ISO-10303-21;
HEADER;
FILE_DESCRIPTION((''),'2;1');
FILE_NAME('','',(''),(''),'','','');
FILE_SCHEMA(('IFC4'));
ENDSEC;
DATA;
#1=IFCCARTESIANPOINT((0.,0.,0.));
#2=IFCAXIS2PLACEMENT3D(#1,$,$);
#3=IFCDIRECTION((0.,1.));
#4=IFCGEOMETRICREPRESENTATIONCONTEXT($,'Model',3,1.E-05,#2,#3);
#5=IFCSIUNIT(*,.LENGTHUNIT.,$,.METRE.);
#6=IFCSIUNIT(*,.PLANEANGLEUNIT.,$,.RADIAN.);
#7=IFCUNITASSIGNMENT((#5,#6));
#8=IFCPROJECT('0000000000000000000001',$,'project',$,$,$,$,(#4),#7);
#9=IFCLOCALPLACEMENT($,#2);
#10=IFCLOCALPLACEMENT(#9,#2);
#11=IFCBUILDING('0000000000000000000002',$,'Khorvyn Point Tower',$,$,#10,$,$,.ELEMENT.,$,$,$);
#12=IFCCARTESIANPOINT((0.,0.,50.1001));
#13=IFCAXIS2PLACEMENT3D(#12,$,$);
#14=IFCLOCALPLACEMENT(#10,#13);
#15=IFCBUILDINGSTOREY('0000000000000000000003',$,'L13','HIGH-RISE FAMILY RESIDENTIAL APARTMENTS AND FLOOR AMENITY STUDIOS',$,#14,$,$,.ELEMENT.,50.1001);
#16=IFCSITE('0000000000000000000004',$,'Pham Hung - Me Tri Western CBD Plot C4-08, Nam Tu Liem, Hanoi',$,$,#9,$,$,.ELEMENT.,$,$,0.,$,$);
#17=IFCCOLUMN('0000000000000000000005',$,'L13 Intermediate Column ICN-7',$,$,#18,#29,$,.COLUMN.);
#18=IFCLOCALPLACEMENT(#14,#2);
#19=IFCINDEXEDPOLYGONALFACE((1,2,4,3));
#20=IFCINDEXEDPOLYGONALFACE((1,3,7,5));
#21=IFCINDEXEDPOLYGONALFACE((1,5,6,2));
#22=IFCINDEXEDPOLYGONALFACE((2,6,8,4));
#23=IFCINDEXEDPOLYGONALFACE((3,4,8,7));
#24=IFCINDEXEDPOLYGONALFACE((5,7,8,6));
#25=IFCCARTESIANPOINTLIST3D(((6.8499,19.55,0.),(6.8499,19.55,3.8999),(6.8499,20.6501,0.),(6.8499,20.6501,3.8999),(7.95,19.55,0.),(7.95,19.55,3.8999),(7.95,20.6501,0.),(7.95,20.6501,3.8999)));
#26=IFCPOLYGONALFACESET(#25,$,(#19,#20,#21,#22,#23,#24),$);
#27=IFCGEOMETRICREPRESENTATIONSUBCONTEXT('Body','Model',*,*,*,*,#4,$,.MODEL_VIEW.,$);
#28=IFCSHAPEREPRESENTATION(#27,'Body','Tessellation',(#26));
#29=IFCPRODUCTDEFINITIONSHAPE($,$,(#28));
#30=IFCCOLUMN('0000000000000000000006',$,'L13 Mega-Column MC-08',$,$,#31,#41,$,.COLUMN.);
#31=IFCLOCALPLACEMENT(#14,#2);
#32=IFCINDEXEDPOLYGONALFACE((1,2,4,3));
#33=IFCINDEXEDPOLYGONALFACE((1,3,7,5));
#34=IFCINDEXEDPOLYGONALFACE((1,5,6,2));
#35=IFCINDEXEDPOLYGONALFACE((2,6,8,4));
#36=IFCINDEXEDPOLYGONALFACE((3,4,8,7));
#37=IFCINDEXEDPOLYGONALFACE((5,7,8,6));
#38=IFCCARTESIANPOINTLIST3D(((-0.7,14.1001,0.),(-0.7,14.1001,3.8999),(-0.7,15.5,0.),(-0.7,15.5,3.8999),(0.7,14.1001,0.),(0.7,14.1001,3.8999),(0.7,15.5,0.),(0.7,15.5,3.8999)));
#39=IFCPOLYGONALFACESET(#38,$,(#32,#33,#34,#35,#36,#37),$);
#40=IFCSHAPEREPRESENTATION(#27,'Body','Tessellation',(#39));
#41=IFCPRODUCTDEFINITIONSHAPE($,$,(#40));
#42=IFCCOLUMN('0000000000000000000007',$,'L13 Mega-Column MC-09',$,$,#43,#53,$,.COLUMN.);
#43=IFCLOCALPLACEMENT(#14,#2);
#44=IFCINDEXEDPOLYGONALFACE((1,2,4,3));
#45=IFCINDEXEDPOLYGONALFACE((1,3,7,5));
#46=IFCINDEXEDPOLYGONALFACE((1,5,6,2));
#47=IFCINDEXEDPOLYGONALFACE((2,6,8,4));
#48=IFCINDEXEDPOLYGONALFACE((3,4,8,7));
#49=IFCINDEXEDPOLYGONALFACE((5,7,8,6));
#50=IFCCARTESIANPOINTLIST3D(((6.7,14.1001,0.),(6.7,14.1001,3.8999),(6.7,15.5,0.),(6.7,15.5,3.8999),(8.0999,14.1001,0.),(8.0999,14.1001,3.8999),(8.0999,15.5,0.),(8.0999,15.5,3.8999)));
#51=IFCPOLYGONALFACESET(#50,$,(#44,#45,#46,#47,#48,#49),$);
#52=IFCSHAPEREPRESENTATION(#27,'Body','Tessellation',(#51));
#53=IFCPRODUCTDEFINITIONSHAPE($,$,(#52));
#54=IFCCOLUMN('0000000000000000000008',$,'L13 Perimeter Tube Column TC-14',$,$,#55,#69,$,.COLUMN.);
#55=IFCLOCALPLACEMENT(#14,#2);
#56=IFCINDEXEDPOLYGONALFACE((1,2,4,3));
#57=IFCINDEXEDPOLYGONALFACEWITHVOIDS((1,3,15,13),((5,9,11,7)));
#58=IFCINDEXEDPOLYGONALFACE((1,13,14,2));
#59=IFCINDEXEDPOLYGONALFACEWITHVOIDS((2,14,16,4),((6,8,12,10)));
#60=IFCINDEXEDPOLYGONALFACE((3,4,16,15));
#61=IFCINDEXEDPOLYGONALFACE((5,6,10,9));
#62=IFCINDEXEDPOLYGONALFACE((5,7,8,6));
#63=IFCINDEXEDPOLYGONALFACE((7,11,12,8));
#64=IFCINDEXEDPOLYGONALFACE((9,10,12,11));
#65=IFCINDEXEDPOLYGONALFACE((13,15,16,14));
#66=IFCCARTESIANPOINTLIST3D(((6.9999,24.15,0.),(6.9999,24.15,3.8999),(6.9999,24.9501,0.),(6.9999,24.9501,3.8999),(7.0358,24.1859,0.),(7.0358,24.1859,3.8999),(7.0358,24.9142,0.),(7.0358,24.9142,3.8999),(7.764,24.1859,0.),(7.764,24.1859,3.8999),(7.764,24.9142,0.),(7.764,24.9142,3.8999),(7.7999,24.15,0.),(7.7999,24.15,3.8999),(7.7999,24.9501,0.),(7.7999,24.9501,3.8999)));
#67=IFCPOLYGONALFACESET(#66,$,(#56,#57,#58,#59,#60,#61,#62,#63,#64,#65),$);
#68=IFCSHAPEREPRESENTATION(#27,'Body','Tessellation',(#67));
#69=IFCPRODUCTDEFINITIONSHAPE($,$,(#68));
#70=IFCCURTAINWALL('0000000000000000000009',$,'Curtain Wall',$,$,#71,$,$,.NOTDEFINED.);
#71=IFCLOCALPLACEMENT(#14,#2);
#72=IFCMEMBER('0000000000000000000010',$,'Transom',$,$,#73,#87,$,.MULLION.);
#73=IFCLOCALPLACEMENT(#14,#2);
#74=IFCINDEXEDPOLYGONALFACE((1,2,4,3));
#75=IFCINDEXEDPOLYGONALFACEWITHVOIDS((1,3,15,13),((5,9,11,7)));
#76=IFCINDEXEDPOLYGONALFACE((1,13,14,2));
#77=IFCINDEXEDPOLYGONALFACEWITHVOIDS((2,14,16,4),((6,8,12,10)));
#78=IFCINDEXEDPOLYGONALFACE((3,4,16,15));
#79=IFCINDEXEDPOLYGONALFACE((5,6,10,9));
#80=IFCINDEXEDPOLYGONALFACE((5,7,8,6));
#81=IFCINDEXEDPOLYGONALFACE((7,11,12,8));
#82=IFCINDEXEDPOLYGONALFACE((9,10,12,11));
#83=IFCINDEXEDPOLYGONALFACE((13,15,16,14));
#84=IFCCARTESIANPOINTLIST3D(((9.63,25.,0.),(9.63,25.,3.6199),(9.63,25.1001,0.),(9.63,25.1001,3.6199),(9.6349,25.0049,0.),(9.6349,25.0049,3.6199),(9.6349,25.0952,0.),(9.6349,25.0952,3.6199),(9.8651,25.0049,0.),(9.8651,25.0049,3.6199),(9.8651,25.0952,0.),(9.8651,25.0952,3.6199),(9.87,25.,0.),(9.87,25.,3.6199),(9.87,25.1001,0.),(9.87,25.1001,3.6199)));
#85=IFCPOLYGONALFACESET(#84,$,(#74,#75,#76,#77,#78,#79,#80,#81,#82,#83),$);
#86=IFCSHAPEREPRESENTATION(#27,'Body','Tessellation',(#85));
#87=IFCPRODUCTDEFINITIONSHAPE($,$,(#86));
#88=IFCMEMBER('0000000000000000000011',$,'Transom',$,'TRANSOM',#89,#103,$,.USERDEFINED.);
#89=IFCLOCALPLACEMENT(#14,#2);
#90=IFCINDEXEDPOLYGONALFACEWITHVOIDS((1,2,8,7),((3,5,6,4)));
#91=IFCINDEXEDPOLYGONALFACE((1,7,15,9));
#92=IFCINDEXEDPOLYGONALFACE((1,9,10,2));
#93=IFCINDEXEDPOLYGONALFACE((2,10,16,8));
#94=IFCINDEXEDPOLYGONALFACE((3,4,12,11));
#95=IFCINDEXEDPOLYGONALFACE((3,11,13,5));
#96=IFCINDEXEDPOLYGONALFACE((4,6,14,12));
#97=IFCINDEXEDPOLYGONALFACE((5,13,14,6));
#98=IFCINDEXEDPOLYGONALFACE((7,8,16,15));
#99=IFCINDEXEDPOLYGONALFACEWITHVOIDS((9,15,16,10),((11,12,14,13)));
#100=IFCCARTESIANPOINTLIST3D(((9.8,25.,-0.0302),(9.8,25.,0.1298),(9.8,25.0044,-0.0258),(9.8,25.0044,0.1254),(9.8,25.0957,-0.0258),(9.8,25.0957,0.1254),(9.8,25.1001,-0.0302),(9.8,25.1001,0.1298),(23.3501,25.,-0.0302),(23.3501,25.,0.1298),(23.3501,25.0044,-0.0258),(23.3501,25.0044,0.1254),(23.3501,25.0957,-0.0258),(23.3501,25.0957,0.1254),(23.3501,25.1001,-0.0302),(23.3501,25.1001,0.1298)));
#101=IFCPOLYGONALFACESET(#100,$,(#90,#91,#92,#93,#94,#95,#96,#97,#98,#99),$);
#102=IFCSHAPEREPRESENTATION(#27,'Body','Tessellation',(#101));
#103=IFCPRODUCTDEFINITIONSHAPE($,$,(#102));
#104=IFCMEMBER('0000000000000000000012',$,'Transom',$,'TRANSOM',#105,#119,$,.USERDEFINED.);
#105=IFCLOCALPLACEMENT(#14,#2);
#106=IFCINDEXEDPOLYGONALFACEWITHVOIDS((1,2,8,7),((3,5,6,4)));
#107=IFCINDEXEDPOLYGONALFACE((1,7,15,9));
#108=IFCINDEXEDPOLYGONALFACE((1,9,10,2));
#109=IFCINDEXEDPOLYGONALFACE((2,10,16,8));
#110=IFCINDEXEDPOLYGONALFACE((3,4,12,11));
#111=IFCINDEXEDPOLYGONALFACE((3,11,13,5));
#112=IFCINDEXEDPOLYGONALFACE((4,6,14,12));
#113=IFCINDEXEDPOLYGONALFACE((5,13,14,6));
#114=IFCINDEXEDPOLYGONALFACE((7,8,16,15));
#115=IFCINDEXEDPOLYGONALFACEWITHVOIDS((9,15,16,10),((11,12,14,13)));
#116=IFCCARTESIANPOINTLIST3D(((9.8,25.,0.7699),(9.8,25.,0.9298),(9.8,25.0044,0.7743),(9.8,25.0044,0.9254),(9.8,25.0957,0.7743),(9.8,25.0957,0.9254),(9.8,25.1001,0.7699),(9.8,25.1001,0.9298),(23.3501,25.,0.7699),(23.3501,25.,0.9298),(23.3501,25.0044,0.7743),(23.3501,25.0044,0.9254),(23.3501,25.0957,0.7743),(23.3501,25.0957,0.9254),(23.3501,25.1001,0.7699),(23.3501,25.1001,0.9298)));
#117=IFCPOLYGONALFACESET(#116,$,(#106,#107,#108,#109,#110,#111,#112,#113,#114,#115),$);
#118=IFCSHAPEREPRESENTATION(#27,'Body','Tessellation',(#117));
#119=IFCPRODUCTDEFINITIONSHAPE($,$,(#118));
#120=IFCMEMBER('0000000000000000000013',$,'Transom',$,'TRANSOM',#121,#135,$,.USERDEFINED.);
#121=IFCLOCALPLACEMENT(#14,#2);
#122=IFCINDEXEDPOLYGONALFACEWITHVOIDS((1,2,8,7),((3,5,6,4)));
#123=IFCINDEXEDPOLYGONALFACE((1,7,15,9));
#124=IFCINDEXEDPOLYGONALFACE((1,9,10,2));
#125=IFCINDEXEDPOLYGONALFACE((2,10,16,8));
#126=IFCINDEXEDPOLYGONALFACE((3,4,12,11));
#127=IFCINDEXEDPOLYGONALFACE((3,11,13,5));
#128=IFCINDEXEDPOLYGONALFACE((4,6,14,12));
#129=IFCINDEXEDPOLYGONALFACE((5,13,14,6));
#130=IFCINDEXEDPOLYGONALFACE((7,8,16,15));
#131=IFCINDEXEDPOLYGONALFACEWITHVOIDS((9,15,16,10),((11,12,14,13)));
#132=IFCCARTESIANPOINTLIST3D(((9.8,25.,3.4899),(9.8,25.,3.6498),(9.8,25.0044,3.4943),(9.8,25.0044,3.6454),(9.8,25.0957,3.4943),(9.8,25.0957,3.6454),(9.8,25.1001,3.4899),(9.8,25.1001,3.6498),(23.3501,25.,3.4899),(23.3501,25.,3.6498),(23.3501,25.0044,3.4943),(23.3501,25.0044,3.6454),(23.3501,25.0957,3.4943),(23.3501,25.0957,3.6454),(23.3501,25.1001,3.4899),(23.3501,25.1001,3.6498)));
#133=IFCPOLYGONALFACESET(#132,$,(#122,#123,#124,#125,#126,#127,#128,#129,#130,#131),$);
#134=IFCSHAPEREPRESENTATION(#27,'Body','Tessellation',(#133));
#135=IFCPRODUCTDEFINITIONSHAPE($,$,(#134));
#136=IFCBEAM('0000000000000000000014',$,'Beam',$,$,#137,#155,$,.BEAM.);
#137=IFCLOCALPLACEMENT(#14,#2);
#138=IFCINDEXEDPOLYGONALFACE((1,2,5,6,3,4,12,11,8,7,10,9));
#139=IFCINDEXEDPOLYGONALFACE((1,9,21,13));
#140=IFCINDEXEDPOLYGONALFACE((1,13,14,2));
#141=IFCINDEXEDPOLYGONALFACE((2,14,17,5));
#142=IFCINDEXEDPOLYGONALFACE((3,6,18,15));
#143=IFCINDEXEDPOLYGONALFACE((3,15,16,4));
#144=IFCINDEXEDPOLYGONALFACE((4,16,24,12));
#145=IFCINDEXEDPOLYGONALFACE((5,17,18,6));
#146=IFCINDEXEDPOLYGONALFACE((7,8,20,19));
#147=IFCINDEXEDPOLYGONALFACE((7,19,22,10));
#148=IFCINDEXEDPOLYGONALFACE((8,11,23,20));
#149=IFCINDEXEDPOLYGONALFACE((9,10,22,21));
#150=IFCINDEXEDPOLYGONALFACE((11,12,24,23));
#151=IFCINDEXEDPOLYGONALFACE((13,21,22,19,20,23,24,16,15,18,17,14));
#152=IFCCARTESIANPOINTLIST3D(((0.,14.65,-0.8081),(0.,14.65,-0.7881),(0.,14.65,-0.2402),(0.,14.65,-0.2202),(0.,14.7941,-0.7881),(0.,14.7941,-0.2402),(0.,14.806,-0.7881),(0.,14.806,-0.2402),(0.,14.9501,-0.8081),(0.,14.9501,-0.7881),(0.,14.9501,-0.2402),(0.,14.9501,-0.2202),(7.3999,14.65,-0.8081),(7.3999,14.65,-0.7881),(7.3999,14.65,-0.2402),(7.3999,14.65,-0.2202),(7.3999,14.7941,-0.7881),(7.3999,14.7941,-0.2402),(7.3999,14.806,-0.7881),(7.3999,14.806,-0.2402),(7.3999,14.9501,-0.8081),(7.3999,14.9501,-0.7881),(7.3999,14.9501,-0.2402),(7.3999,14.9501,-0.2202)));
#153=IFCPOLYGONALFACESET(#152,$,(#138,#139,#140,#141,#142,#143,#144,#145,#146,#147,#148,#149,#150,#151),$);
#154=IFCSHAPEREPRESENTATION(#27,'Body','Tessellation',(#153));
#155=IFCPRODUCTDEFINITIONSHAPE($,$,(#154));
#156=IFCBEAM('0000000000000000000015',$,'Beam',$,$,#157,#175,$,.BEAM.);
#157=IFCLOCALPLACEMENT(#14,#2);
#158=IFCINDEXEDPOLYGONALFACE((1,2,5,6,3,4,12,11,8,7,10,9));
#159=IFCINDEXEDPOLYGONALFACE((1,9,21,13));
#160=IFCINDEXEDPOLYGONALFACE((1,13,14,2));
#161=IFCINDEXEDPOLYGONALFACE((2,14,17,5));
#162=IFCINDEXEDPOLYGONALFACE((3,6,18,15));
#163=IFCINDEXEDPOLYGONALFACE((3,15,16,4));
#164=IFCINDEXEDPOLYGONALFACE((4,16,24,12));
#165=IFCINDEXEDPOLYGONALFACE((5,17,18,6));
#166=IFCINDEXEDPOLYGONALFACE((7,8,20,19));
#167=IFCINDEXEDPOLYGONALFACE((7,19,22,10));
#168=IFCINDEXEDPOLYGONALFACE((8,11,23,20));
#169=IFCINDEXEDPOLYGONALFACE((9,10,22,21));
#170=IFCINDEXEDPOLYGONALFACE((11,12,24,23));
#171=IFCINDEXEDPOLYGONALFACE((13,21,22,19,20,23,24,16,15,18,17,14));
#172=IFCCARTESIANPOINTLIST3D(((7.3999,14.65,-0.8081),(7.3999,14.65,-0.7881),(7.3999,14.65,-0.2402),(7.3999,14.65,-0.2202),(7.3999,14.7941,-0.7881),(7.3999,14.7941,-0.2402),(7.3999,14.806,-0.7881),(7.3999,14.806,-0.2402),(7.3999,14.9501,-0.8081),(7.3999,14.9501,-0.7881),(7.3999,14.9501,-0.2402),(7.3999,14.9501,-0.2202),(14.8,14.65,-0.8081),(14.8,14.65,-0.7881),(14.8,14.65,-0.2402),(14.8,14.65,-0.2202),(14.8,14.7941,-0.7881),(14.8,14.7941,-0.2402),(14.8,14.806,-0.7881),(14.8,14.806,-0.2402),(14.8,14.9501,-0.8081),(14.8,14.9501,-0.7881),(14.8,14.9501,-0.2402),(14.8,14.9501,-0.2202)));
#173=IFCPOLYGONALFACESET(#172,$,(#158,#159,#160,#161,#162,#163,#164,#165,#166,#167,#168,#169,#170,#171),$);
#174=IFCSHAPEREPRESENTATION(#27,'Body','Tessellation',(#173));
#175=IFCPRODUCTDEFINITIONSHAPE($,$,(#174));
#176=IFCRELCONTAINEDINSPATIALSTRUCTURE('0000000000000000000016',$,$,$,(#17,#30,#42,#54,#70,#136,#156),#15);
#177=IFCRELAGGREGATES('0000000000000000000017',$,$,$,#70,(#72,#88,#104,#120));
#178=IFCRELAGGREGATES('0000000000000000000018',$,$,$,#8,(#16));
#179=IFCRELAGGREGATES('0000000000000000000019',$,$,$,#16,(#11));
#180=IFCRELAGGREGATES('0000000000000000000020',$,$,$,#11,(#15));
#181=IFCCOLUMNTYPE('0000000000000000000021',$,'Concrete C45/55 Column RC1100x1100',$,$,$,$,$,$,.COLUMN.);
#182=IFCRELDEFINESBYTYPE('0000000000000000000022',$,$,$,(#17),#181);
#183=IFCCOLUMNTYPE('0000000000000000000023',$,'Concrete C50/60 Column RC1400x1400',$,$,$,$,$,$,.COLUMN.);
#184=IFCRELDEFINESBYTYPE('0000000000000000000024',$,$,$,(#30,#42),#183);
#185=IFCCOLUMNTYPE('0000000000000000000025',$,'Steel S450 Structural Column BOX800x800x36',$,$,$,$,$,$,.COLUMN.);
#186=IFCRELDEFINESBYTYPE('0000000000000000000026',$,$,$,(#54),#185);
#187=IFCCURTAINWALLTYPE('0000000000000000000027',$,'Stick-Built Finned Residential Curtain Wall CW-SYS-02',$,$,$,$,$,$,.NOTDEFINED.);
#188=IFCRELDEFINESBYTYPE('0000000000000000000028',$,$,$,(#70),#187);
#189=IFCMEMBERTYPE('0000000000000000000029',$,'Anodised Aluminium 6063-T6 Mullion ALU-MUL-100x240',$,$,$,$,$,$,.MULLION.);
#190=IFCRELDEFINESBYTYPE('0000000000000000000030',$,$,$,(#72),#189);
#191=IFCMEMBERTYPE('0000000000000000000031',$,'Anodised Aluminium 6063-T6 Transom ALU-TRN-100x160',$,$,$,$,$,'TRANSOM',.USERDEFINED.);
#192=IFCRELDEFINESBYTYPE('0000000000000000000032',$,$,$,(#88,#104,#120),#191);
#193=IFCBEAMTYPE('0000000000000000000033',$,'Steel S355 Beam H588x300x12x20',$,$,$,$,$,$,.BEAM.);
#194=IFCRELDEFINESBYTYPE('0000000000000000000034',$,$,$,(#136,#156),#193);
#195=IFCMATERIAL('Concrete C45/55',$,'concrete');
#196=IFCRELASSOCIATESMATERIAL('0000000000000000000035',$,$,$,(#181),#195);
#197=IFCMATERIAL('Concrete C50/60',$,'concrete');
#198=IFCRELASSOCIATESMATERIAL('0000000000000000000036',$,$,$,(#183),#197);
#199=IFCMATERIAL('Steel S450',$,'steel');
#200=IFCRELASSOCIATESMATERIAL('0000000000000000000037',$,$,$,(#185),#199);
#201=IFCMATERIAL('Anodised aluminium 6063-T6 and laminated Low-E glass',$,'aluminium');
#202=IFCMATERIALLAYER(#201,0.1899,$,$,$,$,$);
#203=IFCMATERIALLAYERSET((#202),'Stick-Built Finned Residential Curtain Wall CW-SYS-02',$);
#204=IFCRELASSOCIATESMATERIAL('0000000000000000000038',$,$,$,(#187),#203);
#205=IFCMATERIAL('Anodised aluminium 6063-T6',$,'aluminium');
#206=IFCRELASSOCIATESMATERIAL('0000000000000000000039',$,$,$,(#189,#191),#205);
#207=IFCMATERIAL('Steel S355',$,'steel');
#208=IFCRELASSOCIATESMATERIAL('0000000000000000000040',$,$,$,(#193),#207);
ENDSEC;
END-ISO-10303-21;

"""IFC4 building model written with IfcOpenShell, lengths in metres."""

from ifc_helpers import new_model, si_unit, direction, frame, origin, origin_2d, place, context, subcontext, project, spatial, rectangle, hollow_rectangle, i_section, extrude, material, layer, layer_set, material_profile, profile_set, type_object, element, aggregate, save


model = new_model("IFC4")

# Units and contexts
model_context = context("Model", 3, precision=1e-05, world=origin(), true_north=direction((0.0, 1.0)))
body_context = subcontext(model_context, "Body", "Model", "MODEL_VIEW")
ifc_project = project(units=[si_unit("LENGTHUNIT", "METRE"), si_unit("PLANEANGLEUNIT", "RADIAN")], contexts=[model_context])

# Site, building, storey
site_placement = place(None, origin())
site = spatial("IfcSite", under=ifc_project, at=site_placement, Name="Pham Hung - Me Tri Western CBD Plot C4-08, Nam Tu Liem, Hanoi", CompositionType="ELEMENT", RefElevation=0.0)
building_placement = place(site_placement, origin())
building = spatial("IfcBuilding", under=site, at=building_placement, Name="Khorvyn Point Tower", CompositionType="ELEMENT")
storey_placement = place(building_placement, frame((0.0, 0.0, 50.1001)))
storey = spatial("IfcBuildingStorey", under=building, at=storey_placement, Name="L13", Description="HIGH-RISE FAMILY RESIDENTIAL APARTMENTS AND FLOOR AMENITY STUDIOS", CompositionType="ELEMENT", Elevation=50.1001)

# Columns
ifc_material_1 = material(Name="Concrete C45/55", Category="concrete")
ifc_material_profile_1 = material_profile(ifc_material_1, rectangle(XDim=1.1001, YDim=1.1001, at=origin_2d()))
ifc_profile_set_1 = profile_set([ifc_material_profile_1], Name="Concrete C45/55 RC1100x1100")
column_type_1 = type_object("IfcColumnType", Name="Concrete C45/55 Column RC1100x1100", PredefinedType="COLUMN", material=ifc_profile_set_1)
column_1_placement = place(storey_placement, frame((7.3999, 20.1001, 0.0), z_axis=(0.0, 0.0, 1.0), x_axis=(1.0, 0.0, 0.0)))
element("IfcColumn", 1, at=column_1_placement, inside=storey, type_object=column_type_1, Name="L13 Intermediate Column ICN-7", PredefinedType="COLUMN", context=body_context, shape_type="SweptSolid", body=[
    extrude(rectangle(XDim=1.1001, YDim=1.1001, at=origin_2d()), origin(), (0.0, 0.0, 1.0), 3.8999),
])
ifc_material_2 = material(Name="Concrete C50/60", Category="concrete")
ifc_material_profile_2 = material_profile(ifc_material_2, rectangle(XDim=1.3999, YDim=1.3999, at=origin_2d()))
ifc_profile_set_2 = profile_set([ifc_material_profile_2], Name="Concrete C50/60 RC1400x1400")
column_type_2 = type_object("IfcColumnType", Name="Concrete C50/60 Column RC1400x1400", PredefinedType="COLUMN", material=ifc_profile_set_2)
for number, where, z_axis, x_axis, name in (
    (2, (0.0, 14.8, 0.0), (0.0, 0.0, 1.0), (1.0, 0.0, 0.0), "L13 Mega-Column MC-08"),
    (3, (7.3999, 14.8, 0.0), (0.0, 0.0, 1.0), (1.0, 0.0, 0.0), "L13 Mega-Column MC-09"),
):
    element("IfcColumn", number, at=place(storey_placement, frame(where, z_axis=z_axis, x_axis=x_axis)), inside=storey, type_object=column_type_2, Name=name, PredefinedType="COLUMN", context=body_context, shape_type="SweptSolid", body=[
        extrude(rectangle(XDim=1.3999, YDim=1.3999, at=origin_2d()), origin(), (0.0, 0.0, 1.0), 3.8999),
    ])
ifc_material_3 = material(Name="Steel S450", Category="steel")
ifc_material_profile_3 = material_profile(ifc_material_3, hollow_rectangle(XDim=0.8, YDim=0.8, WallThickness=0.0359, at=origin_2d()))
ifc_profile_set_3 = profile_set([ifc_material_profile_3], Name="Steel S450 BOX800x800x36")
column_type_3 = type_object("IfcColumnType", Name="Steel S450 Structural Column BOX800x800x36", PredefinedType="COLUMN", material=ifc_profile_set_3)
column_2_placement = place(storey_placement, frame((7.3999, 24.55, 0.0), z_axis=(0.0, 0.0, 1.0), x_axis=(1.0, 0.0, 0.0)))
element("IfcColumn", 4, at=column_2_placement, inside=storey, type_object=column_type_3, Name="L13 Perimeter Tube Column TC-14", PredefinedType="COLUMN", context=body_context, shape_type="SweptSolid", body=[
    extrude(hollow_rectangle(XDim=0.8, YDim=0.8, WallThickness=0.0359, at=origin_2d()), origin(), (0.0, 0.0, 1.0), 3.8999),
])

# Curtain wall, members
ifc_material_4 = material(Name="Anodised aluminium 6063-T6 and laminated Low-E glass", Category="aluminium")
ifc_layer_1 = layer(ifc_material_4, 0.1899)
ifc_layer_set_1 = layer_set([ifc_layer_1], Name="Stick-Built Finned Residential Curtain Wall CW-SYS-02")
curtain_wall_type = type_object("IfcCurtainWallType", Name="Stick-Built Finned Residential Curtain Wall CW-SYS-02", PredefinedType="NOTDEFINED", material=ifc_layer_set_1)
curtain_wall_placement = place(storey_placement, origin())
curtain_wall = element("IfcCurtainWall", 5, at=curtain_wall_placement, inside=storey, type_object=curtain_wall_type, Name="Curtain Wall", PredefinedType="NOTDEFINED")
ifc_material_5 = material(Name="Anodised aluminium 6063-T6", Category="aluminium")
ifc_material_profile_4 = material_profile(ifc_material_5, hollow_rectangle(XDim=0.1001, YDim=0.24, WallThickness=0.0049, at=origin_2d()))
ifc_profile_set_4 = profile_set([ifc_material_profile_4], Name="Anodised aluminium 6063-T6 ALU-MUL-100x240")
member_type_1 = type_object("IfcMemberType", Name="Anodised Aluminium 6063-T6 Mullion ALU-MUL-100x240", PredefinedType="MULLION", material=ifc_profile_set_4)
member_1_placement = place(storey_placement, frame((9.75, 25.05, 0.0), z_axis=(0.0, 0.0, 1.0), x_axis=(0.0, 1.0, 0.0)))
member_1 = element("IfcMember", 6, at=member_1_placement, type_object=member_type_1, Name="Transom", PredefinedType="MULLION", context=body_context, shape_type="SweptSolid", body=[
    extrude(hollow_rectangle(XDim=0.1001, YDim=0.24, WallThickness=0.0049, at=origin_2d()), origin(), (0.0, 0.0, 1.0), 3.6199),
])
ifc_material_profile_5 = material_profile(ifc_material_5, hollow_rectangle(XDim=0.1001, YDim=0.1599, WallThickness=0.0044, at=origin_2d()))
ifc_profile_set_5 = profile_set([ifc_material_profile_5], Name="Anodised aluminium 6063-T6 ALU-TRN-100x160")
member_type_2 = type_object("IfcMemberType", Name="Anodised Aluminium 6063-T6 Transom ALU-TRN-100x160", ElementType="TRANSOM", PredefinedType="USERDEFINED", material=ifc_profile_set_5)
member_2_placement = place(storey_placement, frame((9.8, 25.05, 0.0498), z_axis=(1.0, 0.0, 0.0), x_axis=(0.0, 1.0, 0.0)))
member_2 = element("IfcMember", 7, at=member_2_placement, type_object=member_type_2, Name="Transom", ObjectType="TRANSOM", PredefinedType="USERDEFINED", context=body_context, shape_type="SweptSolid", body=[
    extrude(hollow_rectangle(XDim=0.1001, YDim=0.1599, WallThickness=0.0044, at=origin_2d()), origin(), (0.0, 0.0, 1.0), 13.55),
])
member_3_placement = place(storey_placement, frame((9.8, 25.05, 0.8499), z_axis=(1.0, 0.0, 0.0), x_axis=(0.0, 1.0, 0.0)))
member_3 = element("IfcMember", 8, at=member_3_placement, type_object=member_type_2, Name="Transom", ObjectType="TRANSOM", PredefinedType="USERDEFINED", context=body_context, shape_type="SweptSolid", body=[
    extrude(hollow_rectangle(XDim=0.1001, YDim=0.1599, WallThickness=0.0044, at=origin_2d()), origin(), (0.0, 0.0, 1.0), 13.55),
])
member_4_placement = place(storey_placement, frame((9.8, 25.05, 3.5698), z_axis=(1.0, 0.0, 0.0), x_axis=(0.0, 1.0, 0.0)))
member_4 = element("IfcMember", 9, at=member_4_placement, type_object=member_type_2, Name="Transom", ObjectType="TRANSOM", PredefinedType="USERDEFINED", context=body_context, shape_type="SweptSolid", body=[
    extrude(hollow_rectangle(XDim=0.1001, YDim=0.1599, WallThickness=0.0044, at=origin_2d()), origin(), (0.0, 0.0, 1.0), 13.55),
])

# Beams
ifc_material_6 = material(Name="Steel S355", Category="steel")
ifc_material_profile_6 = material_profile(ifc_material_6, i_section(OverallWidth=0.3, OverallDepth=0.5879, WebThickness=0.012, FlangeThickness=0.02, at=origin_2d()))
ifc_profile_set_6 = profile_set([ifc_material_profile_6], Name="Steel S355 H588x300x12x20")
beam_type_1 = type_object("IfcBeamType", Name="Steel S355 Beam H588x300x12x20", PredefinedType="BEAM", material=ifc_profile_set_6)
beam_1_placement = place(storey_placement, frame((0.0, 14.8, -0.5142), z_axis=(1.0, 0.0, 0.0), x_axis=(0.0, 1.0, 0.0)))
element("IfcBeam", 10, at=beam_1_placement, inside=storey, type_object=beam_type_1, Name="Beam", PredefinedType="BEAM", context=body_context, shape_type="SweptSolid", body=[
    extrude(i_section(OverallWidth=0.3, OverallDepth=0.5879, WebThickness=0.012, FlangeThickness=0.02, at=origin_2d()), origin(), (0.0, 0.0, 1.0), 7.3999),
])
for number, where, z_axis, x_axis, name in (
    (11, (7.3999, 14.8, -0.5142), (1.0, 0.0, 0.0), (0.0, 1.0, 0.0), "Beam"),
):
    element("IfcBeam", number, at=place(storey_placement, frame(where, z_axis=z_axis, x_axis=x_axis)), inside=storey, type_object=beam_type_1, Name=name, PredefinedType="BEAM", context=body_context, shape_type="SweptSolid", body=[
        extrude(i_section(OverallWidth=0.3, OverallDepth=0.5879, WebThickness=0.012, FlangeThickness=0.02, at=origin_2d()), origin(), (0.0, 0.0, 1.0), 7.4001),
    ])

aggregate(curtain_wall, [member_1, member_2, member_3, member_4])

save(model, "model.ifc")
